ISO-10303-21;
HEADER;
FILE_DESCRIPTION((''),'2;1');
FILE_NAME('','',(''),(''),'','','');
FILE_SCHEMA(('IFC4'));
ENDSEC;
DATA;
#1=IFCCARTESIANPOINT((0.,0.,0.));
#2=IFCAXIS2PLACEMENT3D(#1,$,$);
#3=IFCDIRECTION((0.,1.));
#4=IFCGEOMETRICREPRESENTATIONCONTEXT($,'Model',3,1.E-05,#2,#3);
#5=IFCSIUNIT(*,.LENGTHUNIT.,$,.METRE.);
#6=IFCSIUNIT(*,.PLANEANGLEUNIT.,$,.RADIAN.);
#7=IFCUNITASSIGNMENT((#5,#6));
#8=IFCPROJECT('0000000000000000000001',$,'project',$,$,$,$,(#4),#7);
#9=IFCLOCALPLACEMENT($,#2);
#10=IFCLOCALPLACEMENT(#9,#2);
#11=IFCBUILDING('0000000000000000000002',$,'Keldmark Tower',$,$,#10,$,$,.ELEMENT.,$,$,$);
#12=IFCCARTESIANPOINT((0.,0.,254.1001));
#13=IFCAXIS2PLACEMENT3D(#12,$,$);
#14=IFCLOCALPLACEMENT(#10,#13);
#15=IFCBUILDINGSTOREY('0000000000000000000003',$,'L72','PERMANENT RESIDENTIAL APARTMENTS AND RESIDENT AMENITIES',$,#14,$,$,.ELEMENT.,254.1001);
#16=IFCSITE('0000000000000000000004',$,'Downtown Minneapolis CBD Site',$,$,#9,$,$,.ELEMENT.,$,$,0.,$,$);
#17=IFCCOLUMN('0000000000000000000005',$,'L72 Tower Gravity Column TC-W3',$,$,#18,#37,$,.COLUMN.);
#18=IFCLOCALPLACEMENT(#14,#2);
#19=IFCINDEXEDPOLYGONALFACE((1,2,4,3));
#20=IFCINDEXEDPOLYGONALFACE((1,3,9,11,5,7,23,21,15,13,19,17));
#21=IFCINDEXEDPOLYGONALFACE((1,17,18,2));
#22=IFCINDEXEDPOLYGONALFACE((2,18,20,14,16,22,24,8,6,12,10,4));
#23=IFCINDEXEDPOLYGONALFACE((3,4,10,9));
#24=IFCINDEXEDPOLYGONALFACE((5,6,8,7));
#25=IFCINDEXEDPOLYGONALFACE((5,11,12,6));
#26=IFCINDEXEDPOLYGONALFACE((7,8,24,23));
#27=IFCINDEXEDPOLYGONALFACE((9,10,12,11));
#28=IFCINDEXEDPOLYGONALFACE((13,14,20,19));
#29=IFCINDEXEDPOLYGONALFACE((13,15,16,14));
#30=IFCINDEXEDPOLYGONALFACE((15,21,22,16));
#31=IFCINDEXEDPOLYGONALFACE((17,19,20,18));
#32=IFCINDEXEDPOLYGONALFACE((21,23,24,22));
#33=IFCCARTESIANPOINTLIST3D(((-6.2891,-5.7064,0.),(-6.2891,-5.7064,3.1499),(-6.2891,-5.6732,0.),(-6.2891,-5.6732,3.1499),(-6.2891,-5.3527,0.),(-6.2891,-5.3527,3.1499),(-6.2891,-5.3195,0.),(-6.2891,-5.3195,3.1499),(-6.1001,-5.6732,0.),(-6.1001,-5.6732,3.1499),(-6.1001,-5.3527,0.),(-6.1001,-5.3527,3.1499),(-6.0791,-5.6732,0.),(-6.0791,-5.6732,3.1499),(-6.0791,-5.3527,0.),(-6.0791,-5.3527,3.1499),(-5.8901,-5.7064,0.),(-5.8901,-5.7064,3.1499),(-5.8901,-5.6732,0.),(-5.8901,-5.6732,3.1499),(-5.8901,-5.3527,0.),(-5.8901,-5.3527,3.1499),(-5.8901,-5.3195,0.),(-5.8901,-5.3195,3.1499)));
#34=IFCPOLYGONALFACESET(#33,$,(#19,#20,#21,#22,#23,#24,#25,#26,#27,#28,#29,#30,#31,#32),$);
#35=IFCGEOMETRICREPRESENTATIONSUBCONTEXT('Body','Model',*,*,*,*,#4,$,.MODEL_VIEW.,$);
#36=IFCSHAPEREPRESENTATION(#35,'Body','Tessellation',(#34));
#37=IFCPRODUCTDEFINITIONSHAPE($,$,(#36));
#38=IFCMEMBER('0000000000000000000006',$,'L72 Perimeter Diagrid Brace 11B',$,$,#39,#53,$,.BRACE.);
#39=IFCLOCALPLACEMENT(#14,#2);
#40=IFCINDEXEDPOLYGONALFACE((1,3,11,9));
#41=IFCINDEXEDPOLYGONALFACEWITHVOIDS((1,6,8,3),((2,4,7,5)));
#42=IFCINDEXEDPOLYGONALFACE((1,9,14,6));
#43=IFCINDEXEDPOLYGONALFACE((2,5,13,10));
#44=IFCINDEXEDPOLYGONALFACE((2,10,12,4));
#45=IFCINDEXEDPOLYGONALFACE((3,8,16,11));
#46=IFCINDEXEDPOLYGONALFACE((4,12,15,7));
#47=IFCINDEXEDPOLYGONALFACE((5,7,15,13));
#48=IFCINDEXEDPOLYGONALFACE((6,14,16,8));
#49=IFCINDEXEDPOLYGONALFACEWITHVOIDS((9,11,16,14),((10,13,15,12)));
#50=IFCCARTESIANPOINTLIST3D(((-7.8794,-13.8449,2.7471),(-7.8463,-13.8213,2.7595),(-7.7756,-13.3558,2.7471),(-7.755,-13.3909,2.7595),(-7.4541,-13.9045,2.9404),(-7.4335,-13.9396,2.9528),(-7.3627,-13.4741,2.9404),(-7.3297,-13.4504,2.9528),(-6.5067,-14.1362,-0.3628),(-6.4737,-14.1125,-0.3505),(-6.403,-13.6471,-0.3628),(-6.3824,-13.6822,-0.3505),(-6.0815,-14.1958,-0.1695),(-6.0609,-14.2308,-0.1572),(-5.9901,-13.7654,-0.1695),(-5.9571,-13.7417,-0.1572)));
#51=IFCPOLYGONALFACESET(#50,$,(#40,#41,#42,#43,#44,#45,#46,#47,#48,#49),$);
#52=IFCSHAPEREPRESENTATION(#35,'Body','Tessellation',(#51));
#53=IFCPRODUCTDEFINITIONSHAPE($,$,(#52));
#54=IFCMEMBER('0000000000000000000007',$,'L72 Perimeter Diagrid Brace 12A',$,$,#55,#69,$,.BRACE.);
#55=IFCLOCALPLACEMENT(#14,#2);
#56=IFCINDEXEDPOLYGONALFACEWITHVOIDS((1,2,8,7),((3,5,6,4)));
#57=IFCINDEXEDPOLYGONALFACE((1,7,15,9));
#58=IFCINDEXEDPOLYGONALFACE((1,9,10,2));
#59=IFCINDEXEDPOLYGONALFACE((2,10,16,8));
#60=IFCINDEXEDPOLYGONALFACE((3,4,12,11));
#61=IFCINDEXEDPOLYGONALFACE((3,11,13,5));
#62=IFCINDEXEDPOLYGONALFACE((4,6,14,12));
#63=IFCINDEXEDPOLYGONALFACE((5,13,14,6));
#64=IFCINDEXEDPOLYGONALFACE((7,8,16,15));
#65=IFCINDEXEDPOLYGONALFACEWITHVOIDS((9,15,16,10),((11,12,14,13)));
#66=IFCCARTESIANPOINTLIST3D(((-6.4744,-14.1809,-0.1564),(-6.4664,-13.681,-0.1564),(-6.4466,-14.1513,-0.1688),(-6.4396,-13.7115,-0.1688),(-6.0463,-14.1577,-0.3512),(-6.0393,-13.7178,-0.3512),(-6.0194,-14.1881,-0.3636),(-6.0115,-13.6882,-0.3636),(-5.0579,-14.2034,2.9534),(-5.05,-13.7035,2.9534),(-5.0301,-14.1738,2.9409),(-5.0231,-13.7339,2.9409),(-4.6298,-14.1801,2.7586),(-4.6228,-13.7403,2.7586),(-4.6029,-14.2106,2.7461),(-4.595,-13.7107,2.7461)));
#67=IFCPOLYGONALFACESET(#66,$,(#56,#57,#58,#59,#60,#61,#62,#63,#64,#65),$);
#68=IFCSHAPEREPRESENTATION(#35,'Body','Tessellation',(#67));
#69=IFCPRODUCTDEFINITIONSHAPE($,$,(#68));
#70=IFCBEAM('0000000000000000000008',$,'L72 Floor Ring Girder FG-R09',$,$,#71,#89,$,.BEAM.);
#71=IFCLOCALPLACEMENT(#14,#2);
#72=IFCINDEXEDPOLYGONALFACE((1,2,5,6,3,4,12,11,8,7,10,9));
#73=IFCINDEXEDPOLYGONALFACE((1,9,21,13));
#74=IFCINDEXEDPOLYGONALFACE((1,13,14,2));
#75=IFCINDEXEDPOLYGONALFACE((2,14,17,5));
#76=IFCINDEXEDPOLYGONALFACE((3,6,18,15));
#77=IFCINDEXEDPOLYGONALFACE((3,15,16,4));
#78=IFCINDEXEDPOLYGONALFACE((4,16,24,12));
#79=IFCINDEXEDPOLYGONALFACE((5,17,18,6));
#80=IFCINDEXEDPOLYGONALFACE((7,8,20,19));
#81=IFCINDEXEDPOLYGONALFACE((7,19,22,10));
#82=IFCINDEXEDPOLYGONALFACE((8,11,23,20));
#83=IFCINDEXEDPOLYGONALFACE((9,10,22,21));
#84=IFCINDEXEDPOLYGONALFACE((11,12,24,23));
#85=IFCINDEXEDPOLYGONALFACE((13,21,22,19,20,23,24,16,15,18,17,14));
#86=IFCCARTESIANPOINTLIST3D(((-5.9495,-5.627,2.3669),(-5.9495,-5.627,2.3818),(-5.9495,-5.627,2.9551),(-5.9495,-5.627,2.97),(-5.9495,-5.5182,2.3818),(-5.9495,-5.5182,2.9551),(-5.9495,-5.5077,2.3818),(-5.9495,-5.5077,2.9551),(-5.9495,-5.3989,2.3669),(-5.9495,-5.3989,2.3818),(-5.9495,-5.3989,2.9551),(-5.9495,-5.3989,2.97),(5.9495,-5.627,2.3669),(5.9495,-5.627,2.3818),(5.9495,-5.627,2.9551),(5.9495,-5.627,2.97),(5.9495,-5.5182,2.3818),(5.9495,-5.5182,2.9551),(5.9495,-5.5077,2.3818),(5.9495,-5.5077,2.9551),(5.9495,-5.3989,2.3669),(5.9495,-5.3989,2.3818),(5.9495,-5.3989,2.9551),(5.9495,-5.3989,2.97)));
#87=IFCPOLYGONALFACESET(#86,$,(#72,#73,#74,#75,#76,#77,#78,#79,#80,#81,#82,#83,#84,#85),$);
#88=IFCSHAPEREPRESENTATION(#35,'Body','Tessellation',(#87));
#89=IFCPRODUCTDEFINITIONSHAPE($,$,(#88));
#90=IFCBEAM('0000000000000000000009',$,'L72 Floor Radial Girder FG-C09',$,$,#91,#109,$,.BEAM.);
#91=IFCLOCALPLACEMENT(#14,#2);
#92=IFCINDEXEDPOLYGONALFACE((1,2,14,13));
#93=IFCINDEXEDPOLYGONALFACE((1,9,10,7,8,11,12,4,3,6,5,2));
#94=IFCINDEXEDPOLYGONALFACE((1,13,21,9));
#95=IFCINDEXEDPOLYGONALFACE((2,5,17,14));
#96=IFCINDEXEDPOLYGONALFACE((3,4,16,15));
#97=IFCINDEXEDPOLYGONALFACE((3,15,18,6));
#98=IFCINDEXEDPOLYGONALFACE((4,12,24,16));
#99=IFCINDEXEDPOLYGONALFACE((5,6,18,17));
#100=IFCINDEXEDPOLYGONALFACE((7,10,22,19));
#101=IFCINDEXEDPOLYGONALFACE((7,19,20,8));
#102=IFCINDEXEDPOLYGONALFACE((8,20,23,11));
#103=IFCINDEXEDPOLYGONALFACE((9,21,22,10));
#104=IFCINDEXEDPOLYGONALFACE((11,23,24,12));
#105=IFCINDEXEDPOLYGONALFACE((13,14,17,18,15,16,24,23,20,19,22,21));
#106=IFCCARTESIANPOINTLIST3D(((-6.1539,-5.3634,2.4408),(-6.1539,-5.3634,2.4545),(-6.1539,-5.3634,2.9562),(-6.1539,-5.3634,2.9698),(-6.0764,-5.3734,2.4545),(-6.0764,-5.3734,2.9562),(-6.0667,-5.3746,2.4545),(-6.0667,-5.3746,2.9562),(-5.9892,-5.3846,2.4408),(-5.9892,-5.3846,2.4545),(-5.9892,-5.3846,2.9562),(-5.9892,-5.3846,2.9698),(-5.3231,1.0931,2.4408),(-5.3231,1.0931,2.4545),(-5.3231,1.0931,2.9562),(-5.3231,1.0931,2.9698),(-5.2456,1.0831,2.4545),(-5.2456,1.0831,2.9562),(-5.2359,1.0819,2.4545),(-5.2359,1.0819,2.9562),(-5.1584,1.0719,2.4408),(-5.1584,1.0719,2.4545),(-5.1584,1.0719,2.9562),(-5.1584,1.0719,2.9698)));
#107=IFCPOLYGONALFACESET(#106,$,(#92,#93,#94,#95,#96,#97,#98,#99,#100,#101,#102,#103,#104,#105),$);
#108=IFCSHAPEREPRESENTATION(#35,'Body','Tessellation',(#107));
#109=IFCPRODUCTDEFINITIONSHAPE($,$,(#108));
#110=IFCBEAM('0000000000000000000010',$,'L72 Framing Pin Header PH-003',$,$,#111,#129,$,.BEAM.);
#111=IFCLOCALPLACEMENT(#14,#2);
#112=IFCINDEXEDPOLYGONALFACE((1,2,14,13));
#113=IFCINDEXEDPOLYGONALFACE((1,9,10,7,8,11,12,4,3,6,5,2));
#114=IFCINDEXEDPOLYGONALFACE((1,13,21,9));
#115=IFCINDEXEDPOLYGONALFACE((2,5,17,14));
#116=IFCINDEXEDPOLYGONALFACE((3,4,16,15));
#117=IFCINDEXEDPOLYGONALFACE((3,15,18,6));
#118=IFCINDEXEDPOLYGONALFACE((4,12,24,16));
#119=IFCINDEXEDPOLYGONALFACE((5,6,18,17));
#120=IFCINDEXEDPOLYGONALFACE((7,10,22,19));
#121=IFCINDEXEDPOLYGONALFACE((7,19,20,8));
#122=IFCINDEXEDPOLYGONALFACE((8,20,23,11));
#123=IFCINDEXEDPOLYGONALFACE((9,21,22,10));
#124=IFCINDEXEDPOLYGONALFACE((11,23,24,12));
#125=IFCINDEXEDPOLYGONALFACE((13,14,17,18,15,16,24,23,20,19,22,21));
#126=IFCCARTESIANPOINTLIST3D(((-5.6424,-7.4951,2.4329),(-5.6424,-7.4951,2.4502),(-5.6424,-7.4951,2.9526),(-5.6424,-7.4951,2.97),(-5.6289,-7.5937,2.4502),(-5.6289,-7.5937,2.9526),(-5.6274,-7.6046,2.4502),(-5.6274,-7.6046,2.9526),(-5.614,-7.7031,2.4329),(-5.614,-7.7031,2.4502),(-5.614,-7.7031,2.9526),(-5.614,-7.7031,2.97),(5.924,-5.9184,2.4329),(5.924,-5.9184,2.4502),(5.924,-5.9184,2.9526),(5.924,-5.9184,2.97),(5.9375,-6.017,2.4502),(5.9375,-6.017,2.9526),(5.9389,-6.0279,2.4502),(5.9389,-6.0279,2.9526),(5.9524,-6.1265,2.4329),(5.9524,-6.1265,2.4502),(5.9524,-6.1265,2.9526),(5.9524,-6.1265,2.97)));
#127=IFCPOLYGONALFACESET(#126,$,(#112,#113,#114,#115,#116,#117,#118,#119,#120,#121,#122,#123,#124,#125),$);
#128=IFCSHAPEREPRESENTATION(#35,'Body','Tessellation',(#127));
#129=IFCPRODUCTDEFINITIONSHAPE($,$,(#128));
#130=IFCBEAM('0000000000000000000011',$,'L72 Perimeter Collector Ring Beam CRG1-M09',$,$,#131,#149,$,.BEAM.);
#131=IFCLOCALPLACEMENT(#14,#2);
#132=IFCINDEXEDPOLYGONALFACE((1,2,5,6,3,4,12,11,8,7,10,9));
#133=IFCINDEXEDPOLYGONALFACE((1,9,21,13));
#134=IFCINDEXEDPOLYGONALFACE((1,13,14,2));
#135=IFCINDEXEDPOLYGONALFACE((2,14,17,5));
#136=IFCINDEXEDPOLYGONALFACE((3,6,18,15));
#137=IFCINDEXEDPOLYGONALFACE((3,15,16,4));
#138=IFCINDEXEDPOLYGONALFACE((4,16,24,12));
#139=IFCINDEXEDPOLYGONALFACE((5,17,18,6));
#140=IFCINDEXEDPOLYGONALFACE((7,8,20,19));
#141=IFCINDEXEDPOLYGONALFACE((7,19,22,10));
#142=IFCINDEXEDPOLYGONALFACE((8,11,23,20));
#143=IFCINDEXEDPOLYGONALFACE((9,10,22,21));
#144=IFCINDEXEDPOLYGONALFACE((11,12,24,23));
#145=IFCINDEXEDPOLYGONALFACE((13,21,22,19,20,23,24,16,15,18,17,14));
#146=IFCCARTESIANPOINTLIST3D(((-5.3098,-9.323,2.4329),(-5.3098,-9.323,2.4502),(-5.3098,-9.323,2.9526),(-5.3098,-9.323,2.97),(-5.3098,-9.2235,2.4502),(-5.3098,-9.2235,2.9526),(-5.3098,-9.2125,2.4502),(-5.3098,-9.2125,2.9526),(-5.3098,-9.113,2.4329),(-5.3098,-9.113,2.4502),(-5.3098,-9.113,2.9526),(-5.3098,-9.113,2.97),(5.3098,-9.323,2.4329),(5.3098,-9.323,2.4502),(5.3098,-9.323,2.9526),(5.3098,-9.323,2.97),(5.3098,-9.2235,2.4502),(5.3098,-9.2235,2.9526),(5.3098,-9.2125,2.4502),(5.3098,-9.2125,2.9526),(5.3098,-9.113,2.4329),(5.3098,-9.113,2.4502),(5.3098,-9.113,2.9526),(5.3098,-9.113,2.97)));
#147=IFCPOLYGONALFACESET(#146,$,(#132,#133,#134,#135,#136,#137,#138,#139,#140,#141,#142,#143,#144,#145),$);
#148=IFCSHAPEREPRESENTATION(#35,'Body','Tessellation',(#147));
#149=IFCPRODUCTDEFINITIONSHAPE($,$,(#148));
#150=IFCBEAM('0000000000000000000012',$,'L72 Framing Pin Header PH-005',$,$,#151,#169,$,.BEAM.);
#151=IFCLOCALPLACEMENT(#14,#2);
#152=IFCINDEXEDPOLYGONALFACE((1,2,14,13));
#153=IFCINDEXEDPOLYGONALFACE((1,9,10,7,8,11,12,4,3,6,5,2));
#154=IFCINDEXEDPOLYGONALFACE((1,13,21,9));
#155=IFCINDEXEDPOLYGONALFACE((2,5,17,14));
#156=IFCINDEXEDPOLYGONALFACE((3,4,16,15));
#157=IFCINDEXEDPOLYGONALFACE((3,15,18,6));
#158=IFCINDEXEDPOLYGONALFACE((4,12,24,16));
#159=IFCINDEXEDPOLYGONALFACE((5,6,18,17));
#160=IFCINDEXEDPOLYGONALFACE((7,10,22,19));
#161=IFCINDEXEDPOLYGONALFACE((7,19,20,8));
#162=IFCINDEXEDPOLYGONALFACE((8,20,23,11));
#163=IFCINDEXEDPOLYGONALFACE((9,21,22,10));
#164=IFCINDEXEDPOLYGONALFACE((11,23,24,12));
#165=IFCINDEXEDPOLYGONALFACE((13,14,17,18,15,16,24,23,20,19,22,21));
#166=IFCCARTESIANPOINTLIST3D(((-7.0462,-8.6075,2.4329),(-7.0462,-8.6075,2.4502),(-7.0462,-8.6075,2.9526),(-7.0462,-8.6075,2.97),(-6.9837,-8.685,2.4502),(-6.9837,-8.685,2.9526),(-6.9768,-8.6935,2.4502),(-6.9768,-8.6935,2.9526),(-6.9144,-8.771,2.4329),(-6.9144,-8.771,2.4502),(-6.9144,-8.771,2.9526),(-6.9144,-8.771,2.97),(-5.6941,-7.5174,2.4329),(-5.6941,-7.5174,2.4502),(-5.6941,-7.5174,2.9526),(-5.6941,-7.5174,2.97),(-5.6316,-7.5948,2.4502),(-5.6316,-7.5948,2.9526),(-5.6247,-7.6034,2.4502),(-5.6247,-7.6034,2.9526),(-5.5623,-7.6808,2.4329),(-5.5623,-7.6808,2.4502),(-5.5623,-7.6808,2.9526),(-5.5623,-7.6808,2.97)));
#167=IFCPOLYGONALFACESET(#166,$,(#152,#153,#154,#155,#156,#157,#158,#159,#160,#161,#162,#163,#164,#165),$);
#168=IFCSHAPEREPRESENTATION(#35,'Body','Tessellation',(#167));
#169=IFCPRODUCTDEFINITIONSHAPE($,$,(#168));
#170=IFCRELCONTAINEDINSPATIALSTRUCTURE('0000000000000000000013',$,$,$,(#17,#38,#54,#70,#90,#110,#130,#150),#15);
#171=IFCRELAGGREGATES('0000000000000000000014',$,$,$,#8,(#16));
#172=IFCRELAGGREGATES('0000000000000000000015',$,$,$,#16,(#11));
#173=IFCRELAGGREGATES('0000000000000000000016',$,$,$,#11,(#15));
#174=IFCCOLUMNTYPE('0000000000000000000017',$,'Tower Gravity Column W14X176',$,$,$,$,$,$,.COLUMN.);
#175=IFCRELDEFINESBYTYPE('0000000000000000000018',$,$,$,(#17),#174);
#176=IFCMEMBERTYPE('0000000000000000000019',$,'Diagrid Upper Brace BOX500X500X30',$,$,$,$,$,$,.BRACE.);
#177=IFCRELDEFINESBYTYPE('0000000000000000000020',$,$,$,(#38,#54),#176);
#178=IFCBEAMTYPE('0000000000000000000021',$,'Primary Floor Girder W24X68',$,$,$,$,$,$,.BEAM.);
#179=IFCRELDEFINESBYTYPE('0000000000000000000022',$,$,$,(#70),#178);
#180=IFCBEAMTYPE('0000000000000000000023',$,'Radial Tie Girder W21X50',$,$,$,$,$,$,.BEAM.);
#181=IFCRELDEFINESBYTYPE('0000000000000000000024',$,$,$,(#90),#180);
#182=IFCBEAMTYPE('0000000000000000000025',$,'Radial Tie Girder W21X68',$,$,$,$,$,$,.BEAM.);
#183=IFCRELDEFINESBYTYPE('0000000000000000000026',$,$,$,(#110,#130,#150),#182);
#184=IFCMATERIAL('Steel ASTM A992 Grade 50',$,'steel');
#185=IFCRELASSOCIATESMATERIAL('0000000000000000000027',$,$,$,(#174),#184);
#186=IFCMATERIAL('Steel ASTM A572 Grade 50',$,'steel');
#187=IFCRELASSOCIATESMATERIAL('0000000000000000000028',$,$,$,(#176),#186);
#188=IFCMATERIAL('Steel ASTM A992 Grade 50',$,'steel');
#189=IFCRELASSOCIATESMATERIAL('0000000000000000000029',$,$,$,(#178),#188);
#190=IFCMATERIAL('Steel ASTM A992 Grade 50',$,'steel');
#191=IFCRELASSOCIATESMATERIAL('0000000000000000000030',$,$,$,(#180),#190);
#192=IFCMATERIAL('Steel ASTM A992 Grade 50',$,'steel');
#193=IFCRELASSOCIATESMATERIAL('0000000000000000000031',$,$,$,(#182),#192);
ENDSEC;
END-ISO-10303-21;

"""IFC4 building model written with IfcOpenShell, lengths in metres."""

from ifc_helpers import new_model, si_unit, direction, frame, origin, origin_2d, place, context, subcontext, project, spatial, hollow_rectangle, i_section, extrude, material, material_profile, profile_set, type_object, element, save


model = new_model("IFC4")

# Units and contexts
model_context = context("Model", 3, precision=1e-05, world=origin(), true_north=direction((0.0, 1.0)))
body_context = subcontext(model_context, "Body", "Model", "MODEL_VIEW")
ifc_project = project(units=[si_unit("LENGTHUNIT", "METRE"), si_unit("PLANEANGLEUNIT", "RADIAN")], contexts=[model_context])

# Site, building, storey
site_placement = place(None, origin())
site = spatial("IfcSite", under=ifc_project, at=site_placement, Name="Downtown Minneapolis CBD Site", CompositionType="ELEMENT", RefElevation=0.0)
building_placement = place(site_placement, origin())
building = spatial("IfcBuilding", under=site, at=building_placement, Name="Keldmark Tower", CompositionType="ELEMENT")
storey_placement = place(building_placement, frame((0.0, 0.0, 254.1001)))
storey = spatial("IfcBuildingStorey", under=building, at=storey_placement, Name="L72", Description="PERMANENT RESIDENTIAL APARTMENTS AND RESIDENT AMENITIES", CompositionType="ELEMENT", Elevation=254.1001)

# Column
ifc_material_1 = material(Name="Steel ASTM A992 Grade 50", Category="steel")
ifc_material_profile_1 = material_profile(ifc_material_1, i_section(OverallWidth=0.3989, OverallDepth=0.387, WebThickness=0.021, FlangeThickness=0.0332, at=origin_2d()), Name="W14X176")
ifc_profile_set_1 = profile_set([ifc_material_profile_1], Name="Steel ASTM A992 Grade 50")
column_type = type_object("IfcColumnType", Name="Tower Gravity Column W14X176", PredefinedType="COLUMN", material=ifc_profile_set_1)
column_placement = place(storey_placement, frame((-6.0896, -5.5129, 0.0), z_axis=(0.0, 0.0, 1.0), x_axis=(1.0, 0.0, 0.0)))
element("IfcColumn", 1, at=column_placement, inside=storey, type_object=column_type, Name="L72 Tower Gravity Column TC-W3", PredefinedType="COLUMN", context=body_context, shape_type="SweptSolid", body=[
    extrude(i_section(OverallWidth=0.3989, OverallDepth=0.387, WebThickness=0.021, FlangeThickness=0.0332, at=origin_2d()), origin(), (0.0, 0.0, 1.0), 3.1499),
])

# Members
ifc_material_2 = material(Name="Steel ASTM A572 Grade 50", Category="steel")
ifc_material_profile_2 = material_profile(ifc_material_2, hollow_rectangle(XDim=0.5, YDim=0.5, WallThickness=0.03, at=origin_2d()), Name="BOX500X500X30")
ifc_profile_set_2 = profile_set([ifc_material_profile_2], Name="Steel ASTM A572 Grade 50")
member_type = type_object("IfcMemberType", Name="Diagrid Upper Brace BOX500X500X30", PredefinedType="BRACE", material=ifc_profile_set_2)
member_1_placement = place(storey_placement, frame((-6.2319, -13.939, -0.26), z_axis=(-0.402304, 0.08537, 0.911517), x_axis=(-0.20758, -0.978218, 0.0)))
element("IfcMember", 2, at=member_1_placement, inside=storey, type_object=member_type, Name="L72 Perimeter Diagrid Brace 11B", PredefinedType="BRACE", context=body_context, shape_type="SweptSolid", body=[
    extrude(hollow_rectangle(XDim=0.5, YDim=0.5, WallThickness=0.03, at=origin_2d()), origin(), (0.0, 0.0, 1.0), 3.4119),
])
member_2_placement = place(storey_placement, frame((-6.2429, -13.9346, -0.26), z_axis=(0.414504, -0.006573, 0.910024), x_axis=(0.015855, 0.999874, 0.0)))
element("IfcMember", 3, at=member_2_placement, inside=storey, type_object=member_type, Name="L72 Perimeter Diagrid Brace 12A", PredefinedType="BRACE", context=body_context, shape_type="SweptSolid", body=[
    extrude(hollow_rectangle(XDim=0.5, YDim=0.5, WallThickness=0.03, at=origin_2d()), origin(), (0.0, 0.0, 1.0), 3.4172),
])

# Beams
ifc_material_3 = material(Name="Steel ASTM A992 Grade 50", Category="steel")
ifc_material_profile_3 = material_profile(ifc_material_3, i_section(OverallWidth=0.228, OverallDepth=0.603, WebThickness=0.0105, FlangeThickness=0.0149, at=origin_2d()), Name="W24X68")
ifc_profile_set_3 = profile_set([ifc_material_profile_3], Name="Steel ASTM A992 Grade 50")
beam_type_1 = type_object("IfcBeamType", Name="Primary Floor Girder W24X68", PredefinedType="BEAM", material=ifc_profile_set_3)
beam_1_placement = place(storey_placement, frame((-5.9495, -5.5129, 2.6685), z_axis=(1.0, 0.0, 0.0), x_axis=(0.0, 1.0, 0.0)))
element("IfcBeam", 4, at=beam_1_placement, inside=storey, type_object=beam_type_1, Name="L72 Floor Ring Girder FG-R09", PredefinedType="BEAM", context=body_context, shape_type="SweptSolid", body=[
    extrude(i_section(OverallWidth=0.228, OverallDepth=0.603, WebThickness=0.0105, FlangeThickness=0.0149, at=origin_2d()), origin(), (0.0, 0.0, 1.0), 11.8989),
])
ifc_material_4 = material(Name="Steel ASTM A992 Grade 50", Category="steel")
ifc_material_profile_4 = material_profile(ifc_material_4, i_section(OverallWidth=0.166, OverallDepth=0.5291, WebThickness=0.0098, FlangeThickness=0.0137, at=origin_2d()), Name="W21X50")
ifc_profile_set_4 = profile_set([ifc_material_profile_4], Name="Steel ASTM A992 Grade 50")
beam_type_2 = type_object("IfcBeamType", Name="Radial Tie Girder W21X50", PredefinedType="BEAM", material=ifc_profile_set_4)
beam_2_placement = place(storey_placement, frame((-6.0715, -5.374, 2.7053), z_axis=(0.127625, 0.991822, 0.0), x_axis=(-0.991822, 0.127625, 0.0)))
element("IfcBeam", 5, at=beam_2_placement, inside=storey, type_object=beam_type_2, Name="L72 Floor Radial Girder FG-C09", PredefinedType="BEAM", context=body_context, shape_type="SweptSolid", body=[
    extrude(i_section(OverallWidth=0.166, OverallDepth=0.5291, WebThickness=0.0098, FlangeThickness=0.0137, at=origin_2d()), origin(), (0.0, 0.0, 1.0), 6.5098),
])
ifc_material_5 = material(Name="Steel ASTM A992 Grade 50", Category="steel")
ifc_material_profile_5 = material_profile(ifc_material_5, i_section(OverallWidth=0.21, OverallDepth=0.5371, WebThickness=0.011, FlangeThickness=0.0173, at=origin_2d()), Name="W21X68")
ifc_profile_set_5 = profile_set([ifc_material_profile_5], Name="Steel ASTM A992 Grade 50")
beam_type_3 = type_object("IfcBeamType", Name="Radial Tie Girder W21X68", PredefinedType="BEAM", material=ifc_profile_set_5)
beam_3_placement = place(storey_placement, frame((-5.6282, -7.5991, 2.7014), z_axis=(0.990837, 0.135065, 0.0), x_axis=(-0.135065, 0.990837, 0.0)))
element("IfcBeam", 6, at=beam_3_placement, inside=storey, type_object=beam_type_3, Name="L72 Framing Pin Header PH-003", PredefinedType="BEAM", context=body_context, shape_type="SweptSolid", body=[
    extrude(i_section(OverallWidth=0.21, OverallDepth=0.5371, WebThickness=0.011, FlangeThickness=0.0173, at=origin_2d()), origin(), (0.0, 0.0, 1.0), 11.6733),
])
beam_4_placement = place(storey_placement, frame((-5.3098, -9.218, 2.7014), z_axis=(1.0, 0.0, 0.0), x_axis=(0.0, 1.0, 0.0)))
element("IfcBeam", 7, at=beam_4_placement, inside=storey, type_object=beam_type_3, Name="L72 Perimeter Collector Ring Beam CRG1-M09", PredefinedType="BEAM", context=body_context, shape_type="SweptSolid", body=[
    extrude(i_section(OverallWidth=0.21, OverallDepth=0.5371, WebThickness=0.011, FlangeThickness=0.0173, at=origin_2d()), origin(), (0.0, 0.0, 1.0), 10.6196),
])
beam_5_placement = place(storey_placement, frame((-5.6282, -7.5991, 2.7014), z_axis=(-0.778491, -0.627656, 0.0), x_axis=(0.627656, -0.778491, 0.0)))
element("IfcBeam", 8, at=beam_5_placement, inside=storey, type_object=beam_type_3, Name="L72 Framing Pin Header PH-005", PredefinedType="BEAM", context=body_context, shape_type="SweptSolid", body=[
    extrude(i_section(OverallWidth=0.21, OverallDepth=0.5371, WebThickness=0.011, FlangeThickness=0.0173, at=origin_2d()), origin(), (0.0, 0.0, 1.0), 1.7368),
])

save(model, "model.ifc")
